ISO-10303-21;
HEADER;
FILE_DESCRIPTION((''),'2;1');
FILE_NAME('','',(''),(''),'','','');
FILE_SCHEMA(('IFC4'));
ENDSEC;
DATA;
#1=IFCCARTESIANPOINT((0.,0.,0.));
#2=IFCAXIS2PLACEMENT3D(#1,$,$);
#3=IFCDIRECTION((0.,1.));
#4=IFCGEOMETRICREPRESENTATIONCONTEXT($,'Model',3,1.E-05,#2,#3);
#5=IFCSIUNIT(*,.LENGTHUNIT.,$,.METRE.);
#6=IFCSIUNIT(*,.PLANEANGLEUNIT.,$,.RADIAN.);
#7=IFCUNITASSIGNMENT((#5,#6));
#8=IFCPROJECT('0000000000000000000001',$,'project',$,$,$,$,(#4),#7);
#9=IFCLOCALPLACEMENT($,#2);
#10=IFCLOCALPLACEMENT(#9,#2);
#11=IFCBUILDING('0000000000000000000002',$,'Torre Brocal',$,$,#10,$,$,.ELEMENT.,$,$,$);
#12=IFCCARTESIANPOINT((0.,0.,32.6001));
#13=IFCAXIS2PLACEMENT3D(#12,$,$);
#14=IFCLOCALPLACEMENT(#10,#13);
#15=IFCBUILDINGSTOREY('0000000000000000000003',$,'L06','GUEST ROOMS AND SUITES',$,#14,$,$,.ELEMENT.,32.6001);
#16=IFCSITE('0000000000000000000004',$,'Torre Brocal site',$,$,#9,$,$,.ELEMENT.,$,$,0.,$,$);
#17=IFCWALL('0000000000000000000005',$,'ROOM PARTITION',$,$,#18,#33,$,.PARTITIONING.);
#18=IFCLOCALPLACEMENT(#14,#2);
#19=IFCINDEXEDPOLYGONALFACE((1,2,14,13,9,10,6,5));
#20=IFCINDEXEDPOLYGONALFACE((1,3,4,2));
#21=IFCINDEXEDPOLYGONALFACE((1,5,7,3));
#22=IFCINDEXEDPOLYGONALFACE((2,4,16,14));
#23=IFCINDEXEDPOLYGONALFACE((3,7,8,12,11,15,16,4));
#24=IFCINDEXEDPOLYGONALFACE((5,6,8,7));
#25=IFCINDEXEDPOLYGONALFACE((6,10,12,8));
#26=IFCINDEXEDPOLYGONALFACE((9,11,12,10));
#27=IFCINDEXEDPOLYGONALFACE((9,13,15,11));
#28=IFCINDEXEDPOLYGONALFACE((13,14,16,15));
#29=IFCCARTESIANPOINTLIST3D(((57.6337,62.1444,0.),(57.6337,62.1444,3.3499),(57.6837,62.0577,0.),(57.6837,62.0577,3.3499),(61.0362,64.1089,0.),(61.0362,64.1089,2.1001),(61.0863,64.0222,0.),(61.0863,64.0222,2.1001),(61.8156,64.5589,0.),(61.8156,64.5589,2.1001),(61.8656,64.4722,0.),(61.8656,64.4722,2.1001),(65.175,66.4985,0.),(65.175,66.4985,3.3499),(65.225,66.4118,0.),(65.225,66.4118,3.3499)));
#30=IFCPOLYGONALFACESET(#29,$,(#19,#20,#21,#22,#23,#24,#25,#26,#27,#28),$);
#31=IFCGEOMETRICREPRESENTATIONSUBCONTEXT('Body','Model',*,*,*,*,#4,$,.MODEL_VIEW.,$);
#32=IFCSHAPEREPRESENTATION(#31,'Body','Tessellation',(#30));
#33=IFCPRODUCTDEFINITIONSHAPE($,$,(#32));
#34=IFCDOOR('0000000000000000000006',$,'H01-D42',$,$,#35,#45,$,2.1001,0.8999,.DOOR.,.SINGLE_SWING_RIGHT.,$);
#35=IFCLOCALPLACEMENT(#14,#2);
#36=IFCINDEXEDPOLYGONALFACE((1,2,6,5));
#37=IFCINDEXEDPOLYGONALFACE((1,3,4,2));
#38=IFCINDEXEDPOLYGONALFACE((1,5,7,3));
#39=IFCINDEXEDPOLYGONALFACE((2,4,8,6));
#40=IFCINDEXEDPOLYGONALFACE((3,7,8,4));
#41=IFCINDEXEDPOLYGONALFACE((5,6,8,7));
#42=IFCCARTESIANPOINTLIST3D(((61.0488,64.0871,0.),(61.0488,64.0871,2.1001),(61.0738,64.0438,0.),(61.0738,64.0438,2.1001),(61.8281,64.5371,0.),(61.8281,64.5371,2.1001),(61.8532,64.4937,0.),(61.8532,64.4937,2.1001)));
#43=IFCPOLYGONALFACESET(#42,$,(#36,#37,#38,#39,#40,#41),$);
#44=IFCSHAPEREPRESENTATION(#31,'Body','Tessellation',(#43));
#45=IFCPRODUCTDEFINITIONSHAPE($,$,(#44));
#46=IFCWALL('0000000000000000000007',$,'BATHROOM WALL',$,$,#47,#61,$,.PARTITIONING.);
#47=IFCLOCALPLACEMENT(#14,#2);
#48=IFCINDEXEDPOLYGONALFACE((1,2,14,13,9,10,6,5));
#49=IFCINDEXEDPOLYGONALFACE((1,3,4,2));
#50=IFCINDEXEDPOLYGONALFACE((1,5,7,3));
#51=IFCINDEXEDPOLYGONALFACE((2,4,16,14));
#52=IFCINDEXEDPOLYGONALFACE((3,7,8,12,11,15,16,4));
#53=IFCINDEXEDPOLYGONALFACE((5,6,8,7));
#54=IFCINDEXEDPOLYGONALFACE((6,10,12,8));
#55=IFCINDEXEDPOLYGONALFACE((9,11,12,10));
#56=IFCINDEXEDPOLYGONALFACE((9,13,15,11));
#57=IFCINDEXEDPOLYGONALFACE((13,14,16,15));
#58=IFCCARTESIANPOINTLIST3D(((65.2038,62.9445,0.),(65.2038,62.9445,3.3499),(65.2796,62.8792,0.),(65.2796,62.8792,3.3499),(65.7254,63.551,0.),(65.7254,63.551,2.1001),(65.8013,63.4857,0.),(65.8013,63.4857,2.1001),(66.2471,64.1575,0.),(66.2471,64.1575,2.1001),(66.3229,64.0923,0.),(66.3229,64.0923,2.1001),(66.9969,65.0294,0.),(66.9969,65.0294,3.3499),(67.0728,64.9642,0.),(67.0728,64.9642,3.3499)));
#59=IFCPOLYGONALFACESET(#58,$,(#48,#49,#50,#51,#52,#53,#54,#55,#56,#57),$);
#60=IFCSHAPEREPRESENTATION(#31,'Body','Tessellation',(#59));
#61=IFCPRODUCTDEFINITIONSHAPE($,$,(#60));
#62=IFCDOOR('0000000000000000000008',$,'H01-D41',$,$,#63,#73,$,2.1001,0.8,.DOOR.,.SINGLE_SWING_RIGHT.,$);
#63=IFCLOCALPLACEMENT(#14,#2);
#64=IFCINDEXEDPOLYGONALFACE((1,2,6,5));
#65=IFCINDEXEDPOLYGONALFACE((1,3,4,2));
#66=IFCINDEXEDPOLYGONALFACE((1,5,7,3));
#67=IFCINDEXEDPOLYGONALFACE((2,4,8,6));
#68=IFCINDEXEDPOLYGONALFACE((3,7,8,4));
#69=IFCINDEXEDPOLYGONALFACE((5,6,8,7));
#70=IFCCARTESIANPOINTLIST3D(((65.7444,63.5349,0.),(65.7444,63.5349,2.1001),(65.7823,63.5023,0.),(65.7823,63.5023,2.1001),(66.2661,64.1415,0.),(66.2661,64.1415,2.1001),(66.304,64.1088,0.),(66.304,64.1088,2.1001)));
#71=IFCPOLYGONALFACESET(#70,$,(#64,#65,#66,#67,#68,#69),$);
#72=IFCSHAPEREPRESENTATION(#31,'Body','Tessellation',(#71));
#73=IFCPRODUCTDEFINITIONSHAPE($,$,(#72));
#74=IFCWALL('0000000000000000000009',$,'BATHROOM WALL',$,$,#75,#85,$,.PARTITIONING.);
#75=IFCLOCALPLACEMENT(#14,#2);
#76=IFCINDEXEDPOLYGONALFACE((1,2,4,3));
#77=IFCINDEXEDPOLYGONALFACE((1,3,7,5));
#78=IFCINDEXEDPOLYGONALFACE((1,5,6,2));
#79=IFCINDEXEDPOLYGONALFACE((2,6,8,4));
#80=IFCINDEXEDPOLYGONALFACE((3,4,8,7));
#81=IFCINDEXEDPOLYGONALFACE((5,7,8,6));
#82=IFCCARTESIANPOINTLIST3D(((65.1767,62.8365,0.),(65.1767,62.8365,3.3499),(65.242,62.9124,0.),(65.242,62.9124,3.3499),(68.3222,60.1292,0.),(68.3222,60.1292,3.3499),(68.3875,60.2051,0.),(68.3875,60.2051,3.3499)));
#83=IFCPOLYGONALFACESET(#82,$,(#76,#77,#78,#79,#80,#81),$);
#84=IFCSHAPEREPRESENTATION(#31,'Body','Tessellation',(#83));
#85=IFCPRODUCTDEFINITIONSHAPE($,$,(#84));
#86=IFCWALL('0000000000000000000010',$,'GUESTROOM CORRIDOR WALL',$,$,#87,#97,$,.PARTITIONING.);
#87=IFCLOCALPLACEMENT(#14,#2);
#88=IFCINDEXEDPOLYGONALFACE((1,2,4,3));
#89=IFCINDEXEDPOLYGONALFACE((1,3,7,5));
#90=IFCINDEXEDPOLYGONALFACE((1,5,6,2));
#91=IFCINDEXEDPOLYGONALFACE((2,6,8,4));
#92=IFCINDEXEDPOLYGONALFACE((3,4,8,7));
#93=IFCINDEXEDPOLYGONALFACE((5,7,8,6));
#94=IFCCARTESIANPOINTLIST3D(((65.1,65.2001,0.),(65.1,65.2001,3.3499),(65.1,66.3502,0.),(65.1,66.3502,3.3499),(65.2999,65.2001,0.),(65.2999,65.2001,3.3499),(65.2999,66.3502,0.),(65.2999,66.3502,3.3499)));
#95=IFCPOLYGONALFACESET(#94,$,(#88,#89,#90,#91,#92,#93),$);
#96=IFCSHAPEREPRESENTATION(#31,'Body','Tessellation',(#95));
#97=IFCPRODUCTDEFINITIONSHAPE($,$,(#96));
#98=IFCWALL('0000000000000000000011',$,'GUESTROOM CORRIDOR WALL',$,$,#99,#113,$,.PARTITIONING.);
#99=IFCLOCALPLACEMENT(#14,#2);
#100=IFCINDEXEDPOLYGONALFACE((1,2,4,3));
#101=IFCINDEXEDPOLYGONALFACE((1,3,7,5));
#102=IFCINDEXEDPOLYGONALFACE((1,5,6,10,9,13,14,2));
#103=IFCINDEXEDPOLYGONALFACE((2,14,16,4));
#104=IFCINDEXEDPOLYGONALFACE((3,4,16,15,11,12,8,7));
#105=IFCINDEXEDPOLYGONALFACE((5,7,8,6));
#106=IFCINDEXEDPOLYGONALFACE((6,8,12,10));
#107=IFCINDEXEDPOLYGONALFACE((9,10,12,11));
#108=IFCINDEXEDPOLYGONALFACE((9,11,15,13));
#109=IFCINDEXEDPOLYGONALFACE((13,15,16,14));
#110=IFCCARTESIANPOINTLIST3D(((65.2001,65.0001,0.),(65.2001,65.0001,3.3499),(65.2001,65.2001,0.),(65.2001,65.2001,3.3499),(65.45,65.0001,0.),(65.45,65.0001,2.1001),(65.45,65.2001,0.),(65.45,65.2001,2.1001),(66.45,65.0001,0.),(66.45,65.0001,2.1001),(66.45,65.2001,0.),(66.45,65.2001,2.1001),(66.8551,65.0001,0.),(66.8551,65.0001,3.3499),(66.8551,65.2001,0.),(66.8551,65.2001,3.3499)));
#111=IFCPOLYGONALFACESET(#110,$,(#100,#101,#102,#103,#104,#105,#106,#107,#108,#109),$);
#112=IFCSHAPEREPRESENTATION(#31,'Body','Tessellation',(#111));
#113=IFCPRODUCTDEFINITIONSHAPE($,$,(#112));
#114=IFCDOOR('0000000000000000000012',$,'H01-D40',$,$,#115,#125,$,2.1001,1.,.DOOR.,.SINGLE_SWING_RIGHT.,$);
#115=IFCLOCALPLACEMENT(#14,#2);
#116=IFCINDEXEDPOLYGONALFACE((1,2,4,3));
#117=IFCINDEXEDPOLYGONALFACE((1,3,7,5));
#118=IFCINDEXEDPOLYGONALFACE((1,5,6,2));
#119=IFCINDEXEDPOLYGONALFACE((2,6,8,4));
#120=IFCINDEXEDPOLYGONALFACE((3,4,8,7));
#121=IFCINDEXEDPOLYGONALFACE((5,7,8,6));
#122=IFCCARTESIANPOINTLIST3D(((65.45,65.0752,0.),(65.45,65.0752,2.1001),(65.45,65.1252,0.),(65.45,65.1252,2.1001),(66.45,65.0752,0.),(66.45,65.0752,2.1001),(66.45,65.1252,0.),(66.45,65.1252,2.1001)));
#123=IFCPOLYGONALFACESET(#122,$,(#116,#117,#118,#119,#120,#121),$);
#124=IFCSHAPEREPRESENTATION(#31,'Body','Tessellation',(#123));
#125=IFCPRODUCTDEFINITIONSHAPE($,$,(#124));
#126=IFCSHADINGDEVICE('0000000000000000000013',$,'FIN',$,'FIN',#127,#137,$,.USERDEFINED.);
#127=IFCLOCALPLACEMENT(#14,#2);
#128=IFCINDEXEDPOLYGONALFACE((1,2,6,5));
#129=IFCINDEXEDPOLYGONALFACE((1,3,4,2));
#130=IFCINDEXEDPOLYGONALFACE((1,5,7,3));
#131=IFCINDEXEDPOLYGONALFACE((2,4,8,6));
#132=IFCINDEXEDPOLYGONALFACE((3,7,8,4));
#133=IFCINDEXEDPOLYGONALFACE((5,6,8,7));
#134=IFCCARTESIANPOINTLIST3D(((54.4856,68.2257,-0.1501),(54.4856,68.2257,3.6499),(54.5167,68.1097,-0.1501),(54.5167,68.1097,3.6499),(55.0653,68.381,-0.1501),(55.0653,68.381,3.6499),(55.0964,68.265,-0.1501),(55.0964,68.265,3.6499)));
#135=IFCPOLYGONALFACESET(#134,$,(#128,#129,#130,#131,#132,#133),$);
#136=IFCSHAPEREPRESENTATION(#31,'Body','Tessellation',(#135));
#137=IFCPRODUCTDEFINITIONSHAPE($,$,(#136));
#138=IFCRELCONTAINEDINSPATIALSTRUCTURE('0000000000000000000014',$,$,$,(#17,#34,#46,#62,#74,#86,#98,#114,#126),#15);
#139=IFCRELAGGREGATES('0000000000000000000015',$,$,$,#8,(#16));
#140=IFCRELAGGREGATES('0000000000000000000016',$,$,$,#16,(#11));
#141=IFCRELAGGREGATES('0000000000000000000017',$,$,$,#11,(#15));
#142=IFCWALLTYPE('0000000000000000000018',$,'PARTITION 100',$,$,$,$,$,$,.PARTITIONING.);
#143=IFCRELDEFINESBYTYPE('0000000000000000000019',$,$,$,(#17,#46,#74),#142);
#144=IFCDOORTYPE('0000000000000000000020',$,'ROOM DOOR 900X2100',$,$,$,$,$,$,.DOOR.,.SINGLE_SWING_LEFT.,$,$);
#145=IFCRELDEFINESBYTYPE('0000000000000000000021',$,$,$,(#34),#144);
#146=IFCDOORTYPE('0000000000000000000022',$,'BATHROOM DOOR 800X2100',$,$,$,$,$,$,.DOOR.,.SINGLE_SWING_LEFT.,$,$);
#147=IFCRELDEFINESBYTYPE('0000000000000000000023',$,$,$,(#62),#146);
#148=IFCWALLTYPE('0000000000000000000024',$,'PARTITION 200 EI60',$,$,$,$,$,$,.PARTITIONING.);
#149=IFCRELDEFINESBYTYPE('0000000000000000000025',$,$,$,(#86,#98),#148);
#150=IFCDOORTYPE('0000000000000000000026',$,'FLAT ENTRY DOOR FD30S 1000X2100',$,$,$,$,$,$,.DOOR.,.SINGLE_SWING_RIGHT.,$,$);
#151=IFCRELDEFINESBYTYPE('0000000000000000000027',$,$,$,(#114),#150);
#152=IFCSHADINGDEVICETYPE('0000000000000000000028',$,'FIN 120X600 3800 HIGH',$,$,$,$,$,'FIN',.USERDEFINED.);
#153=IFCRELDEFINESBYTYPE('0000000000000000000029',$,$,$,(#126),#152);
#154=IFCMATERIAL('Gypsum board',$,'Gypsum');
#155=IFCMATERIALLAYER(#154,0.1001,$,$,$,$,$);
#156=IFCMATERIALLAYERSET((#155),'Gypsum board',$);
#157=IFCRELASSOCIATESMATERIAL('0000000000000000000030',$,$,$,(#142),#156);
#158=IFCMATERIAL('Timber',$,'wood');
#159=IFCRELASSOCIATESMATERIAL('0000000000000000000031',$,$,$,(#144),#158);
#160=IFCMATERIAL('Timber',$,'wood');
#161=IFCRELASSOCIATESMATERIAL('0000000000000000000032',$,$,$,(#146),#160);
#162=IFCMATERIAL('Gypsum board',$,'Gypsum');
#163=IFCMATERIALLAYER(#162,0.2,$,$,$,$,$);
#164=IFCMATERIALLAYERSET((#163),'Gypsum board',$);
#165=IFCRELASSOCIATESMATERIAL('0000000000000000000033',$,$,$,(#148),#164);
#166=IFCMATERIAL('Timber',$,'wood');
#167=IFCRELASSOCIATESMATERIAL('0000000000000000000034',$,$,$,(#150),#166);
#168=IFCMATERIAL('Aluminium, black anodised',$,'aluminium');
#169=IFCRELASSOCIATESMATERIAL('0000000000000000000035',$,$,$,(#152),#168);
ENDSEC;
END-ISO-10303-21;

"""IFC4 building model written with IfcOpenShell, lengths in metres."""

from ifc_helpers import new_model, si_unit, direction, frame, frame_2d, origin, origin_2d, place, context, subcontext, project, spatial, rectangle, extrude, material, layer, layer_set, material_profile, profile_set, type_object, element, fill, save


model = new_model("IFC4")

# Units and contexts
model_context = context("Model", 3, precision=1e-05, world=origin(), true_north=direction((0.0, 1.0)))
body_context = subcontext(model_context, "Body", "Model", "MODEL_VIEW")
ifc_project = project(units=[si_unit("LENGTHUNIT", "METRE"), si_unit("PLANEANGLEUNIT", "RADIAN")], contexts=[model_context])

# Site, building, storey
site_placement = place(None, origin())
site = spatial("IfcSite", under=ifc_project, at=site_placement, Name="Torre Brocal site", CompositionType="ELEMENT", RefElevation=0.0)
building_placement = place(site_placement, origin())
building = spatial("IfcBuilding", under=site, at=building_placement, Name="Torre Brocal", CompositionType="ELEMENT")
storey_placement = place(building_placement, frame((0.0, 0.0, 32.6001)))
storey = spatial("IfcBuildingStorey", under=building, at=storey_placement, Name="L06", Description="GUEST ROOMS AND SUITES", CompositionType="ELEMENT", Elevation=32.6001)

# Walls, openings, doors
ifc_material_1 = material(Name="Gypsum board", Category="Gypsum")
ifc_layer_1 = layer(ifc_material_1, 0.1001)
ifc_layer_set_1 = layer_set([ifc_layer_1], Name="Gypsum board")
wall_type_1 = type_object("IfcWallType", Name="PARTITION 100", PredefinedType="PARTITIONING", material=ifc_layer_set_1)
wall_1_placement = place(storey_placement, frame((57.6587, 62.1011, 0.0), z_axis=(0.0, 0.0, 1.0), x_axis=(0.866023, 0.500005, 0.0)))
wall_1 = element("IfcWall", 1, at=wall_1_placement, inside=storey, type_object=wall_type_1, Name="ROOM PARTITION", PredefinedType="PARTITIONING", context=body_context, shape_type="SweptSolid", body=[
    extrude(rectangle(XDim=8.708, YDim=0.1001, at=frame_2d((4.354, 0.0))), origin(), (0.0, 0.0, 1.0), 3.3499),
])
opening_1_placement = place(wall_1_placement, frame((3.929, 0.0, 0.0)))
opening_1 = element("IfcOpeningElement", 2, at=opening_1_placement, cuts=wall_1, PredefinedType="OPENING", context=body_context, shape_type="SweptSolid", body=[
    extrude(rectangle(XDim=0.8999, YDim=2.1001, at=frame_2d((0.45, 1.05))), frame((0.0, 0.0601, 0.0), z_axis=(0.0, -1.0, 0.0), x_axis=(1.0, 0.0, 0.0)), (0.0, 0.0, 1.0), 0.1201),
])
ifc_material_2 = material(Name="Timber", Category="wood")
door_type_1 = type_object("IfcDoorType", Name="ROOM DOOR 900X2100", OperationType="SINGLE_SWING_LEFT", PredefinedType="DOOR", material=ifc_material_2)
door_1_placement = place(opening_1_placement, origin())
door_1 = element("IfcDoor", 3, at=door_1_placement, inside=storey, type_object=door_type_1, Name="H01-D42", OperationType="SINGLE_SWING_RIGHT", OverallHeight=2.1001, OverallWidth=0.8999, PredefinedType="DOOR", context=body_context, shape_type="SweptSolid", body=[
    extrude(rectangle(XDim=0.8999, YDim=2.1001, at=frame_2d((0.45, 1.05))), frame((0.0, 0.0249, 0.0), z_axis=(0.0, -1.0, 0.0), x_axis=(1.0, 0.0, 0.0)), (0.0, 0.0, 1.0), 0.05),
])
fill(opening_1, door_1)
wall_2_placement = place(storey_placement, frame((65.2417, 62.9119, 0.0), z_axis=(0.0, 0.0, 1.0), x_axis=(0.65207, 0.758159, 0.0)))
wall_2 = element("IfcWall", 4, at=wall_2_placement, inside=storey, type_object=wall_type_1, Name="BATHROOM WALL", PredefinedType="PARTITIONING", context=body_context, shape_type="SweptSolid", body=[
    extrude(rectangle(XDim=2.75, YDim=0.1001, at=frame_2d((1.375, 0.0))), origin(), (0.0, 0.0, 1.0), 3.3499),
])
opening_2_placement = place(wall_2_placement, frame((0.8, 0.0, 0.0)))
opening_2 = element("IfcOpeningElement", 5, at=opening_2_placement, cuts=wall_2, PredefinedType="OPENING", context=body_context, shape_type="SweptSolid", body=[
    extrude(rectangle(XDim=0.8, YDim=2.1001, at=frame_2d((0.3999, 1.05))), frame((0.0, 0.0601, 0.0), z_axis=(0.0, -1.0, 0.0), x_axis=(1.0, 0.0, 0.0)), (0.0, 0.0, 1.0), 0.1201),
])
ifc_material_3 = material(Name="Timber", Category="wood")
door_type_2 = type_object("IfcDoorType", Name="BATHROOM DOOR 800X2100", OperationType="SINGLE_SWING_LEFT", PredefinedType="DOOR", material=ifc_material_3)
door_2_placement = place(opening_2_placement, frame((0.8, 0.0, 0.0), z_axis=(0.0, 0.0, 1.0), x_axis=(-1.0, 0.0, 0.0)))
door_2 = element("IfcDoor", 6, at=door_2_placement, inside=storey, type_object=door_type_2, Name="H01-D41", OperationType="SINGLE_SWING_RIGHT", OverallHeight=2.1001, OverallWidth=0.8, PredefinedType="DOOR", context=body_context, shape_type="SweptSolid", body=[
    extrude(rectangle(XDim=0.8, YDim=2.1001, at=frame_2d((0.3999, 1.05))), frame((0.0, 0.0249, 0.0), z_axis=(0.0, -1.0, 0.0), x_axis=(1.0, 0.0, 0.0)), (0.0, 0.0, 1.0), 0.05),
])
fill(opening_2, door_2)

# Walls
wall_3_placement = place(storey_placement, frame((65.2092, 62.8745, 0.0), z_axis=(0.0, 0.0, 1.0), x_axis=(0.75793, -0.652335, 0.0)))
element("IfcWall", 7, at=wall_3_placement, inside=storey, type_object=wall_type_1, Name="BATHROOM WALL", PredefinedType="PARTITIONING", context=body_context, shape_type="SweptSolid", body=[
    extrude(rectangle(XDim=4.1501, YDim=0.1001, at=frame_2d((2.0752, 0.0))), origin(), (0.0, 0.0, 1.0), 3.3499),
])
ifc_material_4 = material(Name="Gypsum board", Category="Gypsum")
ifc_layer_2 = layer(ifc_material_4, 0.2)
ifc_layer_set_2 = layer_set([ifc_layer_2], Name="Gypsum board")
wall_type_2 = type_object("IfcWallType", Name="PARTITION 200 EI60", PredefinedType="PARTITIONING", material=ifc_layer_set_2)
wall_4_placement = place(storey_placement, frame((65.2, 65.2, 0.0), z_axis=(0.0, 0.0, 1.0), x_axis=(0.0, 1.0, 0.0)))
element("IfcWall", 8, at=wall_4_placement, inside=storey, type_object=wall_type_2, Name="GUESTROOM CORRIDOR WALL", PredefinedType="PARTITIONING", context=body_context, shape_type="SweptSolid", body=[
    extrude(rectangle(XDim=1.1501, YDim=0.2, at=frame_2d((0.5752, 0.0))), origin(), (0.0, 0.0, 1.0), 3.3499),
])

# Wall, opening, door
wall_5_placement = place(storey_placement, frame((65.2, 65.1001, 0.0), z_axis=(0.0, 0.0, 1.0), x_axis=(1.0, 0.0, 0.0)))
wall_5 = element("IfcWall", 9, at=wall_5_placement, inside=storey, type_object=wall_type_2, Name="GUESTROOM CORRIDOR WALL", PredefinedType="PARTITIONING", context=body_context, shape_type="SweptSolid", body=[
    extrude(rectangle(XDim=1.655, YDim=0.2, at=frame_2d((0.8276, 0.0))), origin(), (0.0, 0.0, 1.0), 3.3499),
])
opening_3_placement = place(wall_5_placement, frame((0.25, 0.0, 0.0)))
opening_3 = element("IfcOpeningElement", 10, at=opening_3_placement, cuts=wall_5, PredefinedType="OPENING", context=body_context, shape_type="SweptSolid", body=[
    extrude(rectangle(XDim=1.0, YDim=2.1001, at=frame_2d((0.5, 1.05))), frame((0.0, 0.1099, 0.0), z_axis=(0.0, -1.0, 0.0), x_axis=(1.0, 0.0, 0.0)), (0.0, 0.0, 1.0), 0.22),
])
ifc_material_5 = material(Name="Timber", Category="wood")
door_type_3 = type_object("IfcDoorType", Name="FLAT ENTRY DOOR FD30S 1000X2100", OperationType="SINGLE_SWING_RIGHT", PredefinedType="DOOR", material=ifc_material_5)
door_3_placement = place(opening_3_placement, frame((1.0, 0.0, 0.0), z_axis=(0.0, 0.0, 1.0), x_axis=(-1.0, 0.0, 0.0)))
door_3 = element("IfcDoor", 11, at=door_3_placement, inside=storey, type_object=door_type_3, Name="H01-D40", OperationType="SINGLE_SWING_RIGHT", OverallHeight=2.1001, OverallWidth=1.0, PredefinedType="DOOR", context=body_context, shape_type="SweptSolid", body=[
    extrude(rectangle(XDim=1.0, YDim=2.1001, at=frame_2d((0.5, 1.05))), frame((0.0, 0.0249, 0.0), z_axis=(0.0, -1.0, 0.0), x_axis=(1.0, 0.0, 0.0)), (0.0, 0.0, 1.0), 0.05),
])
fill(opening_3, door_3)

# Shading device
ifc_material_6 = material(Name="Aluminium, black anodised", Category="aluminium")
ifc_material_profile_1 = material_profile(ifc_material_6, rectangle(XDim=0.1201, YDim=0.6001, at=origin_2d()), Name="FIN 120X600 3800 HIGH")
ifc_profile_set_1 = profile_set([ifc_material_profile_1], Name="Aluminium, black anodised")
shading_device_type = type_object("IfcShadingDeviceType", Name="FIN 120X600 3800 HIGH", ElementType="FIN", PredefinedType="USERDEFINED", material=ifc_profile_set_1)
shading_device_placement = place(storey_placement, frame((54.791, 68.2454, -0.1501), z_axis=(0.0, 0.0, 1.0), x_axis=(0.258819, -0.965926, 0.0)))
element("IfcShadingDevice", 12, at=shading_device_placement, inside=storey, type_object=shading_device_type, Name="FIN", ObjectType="FIN", PredefinedType="USERDEFINED", context=body_context, shape_type="SweptSolid", body=[
    extrude(rectangle(XDim=0.1201, YDim=0.6001, at=origin_2d()), origin(), (0.0, 0.0, 1.0), 3.8),
])

save(model, "model.ifc")
